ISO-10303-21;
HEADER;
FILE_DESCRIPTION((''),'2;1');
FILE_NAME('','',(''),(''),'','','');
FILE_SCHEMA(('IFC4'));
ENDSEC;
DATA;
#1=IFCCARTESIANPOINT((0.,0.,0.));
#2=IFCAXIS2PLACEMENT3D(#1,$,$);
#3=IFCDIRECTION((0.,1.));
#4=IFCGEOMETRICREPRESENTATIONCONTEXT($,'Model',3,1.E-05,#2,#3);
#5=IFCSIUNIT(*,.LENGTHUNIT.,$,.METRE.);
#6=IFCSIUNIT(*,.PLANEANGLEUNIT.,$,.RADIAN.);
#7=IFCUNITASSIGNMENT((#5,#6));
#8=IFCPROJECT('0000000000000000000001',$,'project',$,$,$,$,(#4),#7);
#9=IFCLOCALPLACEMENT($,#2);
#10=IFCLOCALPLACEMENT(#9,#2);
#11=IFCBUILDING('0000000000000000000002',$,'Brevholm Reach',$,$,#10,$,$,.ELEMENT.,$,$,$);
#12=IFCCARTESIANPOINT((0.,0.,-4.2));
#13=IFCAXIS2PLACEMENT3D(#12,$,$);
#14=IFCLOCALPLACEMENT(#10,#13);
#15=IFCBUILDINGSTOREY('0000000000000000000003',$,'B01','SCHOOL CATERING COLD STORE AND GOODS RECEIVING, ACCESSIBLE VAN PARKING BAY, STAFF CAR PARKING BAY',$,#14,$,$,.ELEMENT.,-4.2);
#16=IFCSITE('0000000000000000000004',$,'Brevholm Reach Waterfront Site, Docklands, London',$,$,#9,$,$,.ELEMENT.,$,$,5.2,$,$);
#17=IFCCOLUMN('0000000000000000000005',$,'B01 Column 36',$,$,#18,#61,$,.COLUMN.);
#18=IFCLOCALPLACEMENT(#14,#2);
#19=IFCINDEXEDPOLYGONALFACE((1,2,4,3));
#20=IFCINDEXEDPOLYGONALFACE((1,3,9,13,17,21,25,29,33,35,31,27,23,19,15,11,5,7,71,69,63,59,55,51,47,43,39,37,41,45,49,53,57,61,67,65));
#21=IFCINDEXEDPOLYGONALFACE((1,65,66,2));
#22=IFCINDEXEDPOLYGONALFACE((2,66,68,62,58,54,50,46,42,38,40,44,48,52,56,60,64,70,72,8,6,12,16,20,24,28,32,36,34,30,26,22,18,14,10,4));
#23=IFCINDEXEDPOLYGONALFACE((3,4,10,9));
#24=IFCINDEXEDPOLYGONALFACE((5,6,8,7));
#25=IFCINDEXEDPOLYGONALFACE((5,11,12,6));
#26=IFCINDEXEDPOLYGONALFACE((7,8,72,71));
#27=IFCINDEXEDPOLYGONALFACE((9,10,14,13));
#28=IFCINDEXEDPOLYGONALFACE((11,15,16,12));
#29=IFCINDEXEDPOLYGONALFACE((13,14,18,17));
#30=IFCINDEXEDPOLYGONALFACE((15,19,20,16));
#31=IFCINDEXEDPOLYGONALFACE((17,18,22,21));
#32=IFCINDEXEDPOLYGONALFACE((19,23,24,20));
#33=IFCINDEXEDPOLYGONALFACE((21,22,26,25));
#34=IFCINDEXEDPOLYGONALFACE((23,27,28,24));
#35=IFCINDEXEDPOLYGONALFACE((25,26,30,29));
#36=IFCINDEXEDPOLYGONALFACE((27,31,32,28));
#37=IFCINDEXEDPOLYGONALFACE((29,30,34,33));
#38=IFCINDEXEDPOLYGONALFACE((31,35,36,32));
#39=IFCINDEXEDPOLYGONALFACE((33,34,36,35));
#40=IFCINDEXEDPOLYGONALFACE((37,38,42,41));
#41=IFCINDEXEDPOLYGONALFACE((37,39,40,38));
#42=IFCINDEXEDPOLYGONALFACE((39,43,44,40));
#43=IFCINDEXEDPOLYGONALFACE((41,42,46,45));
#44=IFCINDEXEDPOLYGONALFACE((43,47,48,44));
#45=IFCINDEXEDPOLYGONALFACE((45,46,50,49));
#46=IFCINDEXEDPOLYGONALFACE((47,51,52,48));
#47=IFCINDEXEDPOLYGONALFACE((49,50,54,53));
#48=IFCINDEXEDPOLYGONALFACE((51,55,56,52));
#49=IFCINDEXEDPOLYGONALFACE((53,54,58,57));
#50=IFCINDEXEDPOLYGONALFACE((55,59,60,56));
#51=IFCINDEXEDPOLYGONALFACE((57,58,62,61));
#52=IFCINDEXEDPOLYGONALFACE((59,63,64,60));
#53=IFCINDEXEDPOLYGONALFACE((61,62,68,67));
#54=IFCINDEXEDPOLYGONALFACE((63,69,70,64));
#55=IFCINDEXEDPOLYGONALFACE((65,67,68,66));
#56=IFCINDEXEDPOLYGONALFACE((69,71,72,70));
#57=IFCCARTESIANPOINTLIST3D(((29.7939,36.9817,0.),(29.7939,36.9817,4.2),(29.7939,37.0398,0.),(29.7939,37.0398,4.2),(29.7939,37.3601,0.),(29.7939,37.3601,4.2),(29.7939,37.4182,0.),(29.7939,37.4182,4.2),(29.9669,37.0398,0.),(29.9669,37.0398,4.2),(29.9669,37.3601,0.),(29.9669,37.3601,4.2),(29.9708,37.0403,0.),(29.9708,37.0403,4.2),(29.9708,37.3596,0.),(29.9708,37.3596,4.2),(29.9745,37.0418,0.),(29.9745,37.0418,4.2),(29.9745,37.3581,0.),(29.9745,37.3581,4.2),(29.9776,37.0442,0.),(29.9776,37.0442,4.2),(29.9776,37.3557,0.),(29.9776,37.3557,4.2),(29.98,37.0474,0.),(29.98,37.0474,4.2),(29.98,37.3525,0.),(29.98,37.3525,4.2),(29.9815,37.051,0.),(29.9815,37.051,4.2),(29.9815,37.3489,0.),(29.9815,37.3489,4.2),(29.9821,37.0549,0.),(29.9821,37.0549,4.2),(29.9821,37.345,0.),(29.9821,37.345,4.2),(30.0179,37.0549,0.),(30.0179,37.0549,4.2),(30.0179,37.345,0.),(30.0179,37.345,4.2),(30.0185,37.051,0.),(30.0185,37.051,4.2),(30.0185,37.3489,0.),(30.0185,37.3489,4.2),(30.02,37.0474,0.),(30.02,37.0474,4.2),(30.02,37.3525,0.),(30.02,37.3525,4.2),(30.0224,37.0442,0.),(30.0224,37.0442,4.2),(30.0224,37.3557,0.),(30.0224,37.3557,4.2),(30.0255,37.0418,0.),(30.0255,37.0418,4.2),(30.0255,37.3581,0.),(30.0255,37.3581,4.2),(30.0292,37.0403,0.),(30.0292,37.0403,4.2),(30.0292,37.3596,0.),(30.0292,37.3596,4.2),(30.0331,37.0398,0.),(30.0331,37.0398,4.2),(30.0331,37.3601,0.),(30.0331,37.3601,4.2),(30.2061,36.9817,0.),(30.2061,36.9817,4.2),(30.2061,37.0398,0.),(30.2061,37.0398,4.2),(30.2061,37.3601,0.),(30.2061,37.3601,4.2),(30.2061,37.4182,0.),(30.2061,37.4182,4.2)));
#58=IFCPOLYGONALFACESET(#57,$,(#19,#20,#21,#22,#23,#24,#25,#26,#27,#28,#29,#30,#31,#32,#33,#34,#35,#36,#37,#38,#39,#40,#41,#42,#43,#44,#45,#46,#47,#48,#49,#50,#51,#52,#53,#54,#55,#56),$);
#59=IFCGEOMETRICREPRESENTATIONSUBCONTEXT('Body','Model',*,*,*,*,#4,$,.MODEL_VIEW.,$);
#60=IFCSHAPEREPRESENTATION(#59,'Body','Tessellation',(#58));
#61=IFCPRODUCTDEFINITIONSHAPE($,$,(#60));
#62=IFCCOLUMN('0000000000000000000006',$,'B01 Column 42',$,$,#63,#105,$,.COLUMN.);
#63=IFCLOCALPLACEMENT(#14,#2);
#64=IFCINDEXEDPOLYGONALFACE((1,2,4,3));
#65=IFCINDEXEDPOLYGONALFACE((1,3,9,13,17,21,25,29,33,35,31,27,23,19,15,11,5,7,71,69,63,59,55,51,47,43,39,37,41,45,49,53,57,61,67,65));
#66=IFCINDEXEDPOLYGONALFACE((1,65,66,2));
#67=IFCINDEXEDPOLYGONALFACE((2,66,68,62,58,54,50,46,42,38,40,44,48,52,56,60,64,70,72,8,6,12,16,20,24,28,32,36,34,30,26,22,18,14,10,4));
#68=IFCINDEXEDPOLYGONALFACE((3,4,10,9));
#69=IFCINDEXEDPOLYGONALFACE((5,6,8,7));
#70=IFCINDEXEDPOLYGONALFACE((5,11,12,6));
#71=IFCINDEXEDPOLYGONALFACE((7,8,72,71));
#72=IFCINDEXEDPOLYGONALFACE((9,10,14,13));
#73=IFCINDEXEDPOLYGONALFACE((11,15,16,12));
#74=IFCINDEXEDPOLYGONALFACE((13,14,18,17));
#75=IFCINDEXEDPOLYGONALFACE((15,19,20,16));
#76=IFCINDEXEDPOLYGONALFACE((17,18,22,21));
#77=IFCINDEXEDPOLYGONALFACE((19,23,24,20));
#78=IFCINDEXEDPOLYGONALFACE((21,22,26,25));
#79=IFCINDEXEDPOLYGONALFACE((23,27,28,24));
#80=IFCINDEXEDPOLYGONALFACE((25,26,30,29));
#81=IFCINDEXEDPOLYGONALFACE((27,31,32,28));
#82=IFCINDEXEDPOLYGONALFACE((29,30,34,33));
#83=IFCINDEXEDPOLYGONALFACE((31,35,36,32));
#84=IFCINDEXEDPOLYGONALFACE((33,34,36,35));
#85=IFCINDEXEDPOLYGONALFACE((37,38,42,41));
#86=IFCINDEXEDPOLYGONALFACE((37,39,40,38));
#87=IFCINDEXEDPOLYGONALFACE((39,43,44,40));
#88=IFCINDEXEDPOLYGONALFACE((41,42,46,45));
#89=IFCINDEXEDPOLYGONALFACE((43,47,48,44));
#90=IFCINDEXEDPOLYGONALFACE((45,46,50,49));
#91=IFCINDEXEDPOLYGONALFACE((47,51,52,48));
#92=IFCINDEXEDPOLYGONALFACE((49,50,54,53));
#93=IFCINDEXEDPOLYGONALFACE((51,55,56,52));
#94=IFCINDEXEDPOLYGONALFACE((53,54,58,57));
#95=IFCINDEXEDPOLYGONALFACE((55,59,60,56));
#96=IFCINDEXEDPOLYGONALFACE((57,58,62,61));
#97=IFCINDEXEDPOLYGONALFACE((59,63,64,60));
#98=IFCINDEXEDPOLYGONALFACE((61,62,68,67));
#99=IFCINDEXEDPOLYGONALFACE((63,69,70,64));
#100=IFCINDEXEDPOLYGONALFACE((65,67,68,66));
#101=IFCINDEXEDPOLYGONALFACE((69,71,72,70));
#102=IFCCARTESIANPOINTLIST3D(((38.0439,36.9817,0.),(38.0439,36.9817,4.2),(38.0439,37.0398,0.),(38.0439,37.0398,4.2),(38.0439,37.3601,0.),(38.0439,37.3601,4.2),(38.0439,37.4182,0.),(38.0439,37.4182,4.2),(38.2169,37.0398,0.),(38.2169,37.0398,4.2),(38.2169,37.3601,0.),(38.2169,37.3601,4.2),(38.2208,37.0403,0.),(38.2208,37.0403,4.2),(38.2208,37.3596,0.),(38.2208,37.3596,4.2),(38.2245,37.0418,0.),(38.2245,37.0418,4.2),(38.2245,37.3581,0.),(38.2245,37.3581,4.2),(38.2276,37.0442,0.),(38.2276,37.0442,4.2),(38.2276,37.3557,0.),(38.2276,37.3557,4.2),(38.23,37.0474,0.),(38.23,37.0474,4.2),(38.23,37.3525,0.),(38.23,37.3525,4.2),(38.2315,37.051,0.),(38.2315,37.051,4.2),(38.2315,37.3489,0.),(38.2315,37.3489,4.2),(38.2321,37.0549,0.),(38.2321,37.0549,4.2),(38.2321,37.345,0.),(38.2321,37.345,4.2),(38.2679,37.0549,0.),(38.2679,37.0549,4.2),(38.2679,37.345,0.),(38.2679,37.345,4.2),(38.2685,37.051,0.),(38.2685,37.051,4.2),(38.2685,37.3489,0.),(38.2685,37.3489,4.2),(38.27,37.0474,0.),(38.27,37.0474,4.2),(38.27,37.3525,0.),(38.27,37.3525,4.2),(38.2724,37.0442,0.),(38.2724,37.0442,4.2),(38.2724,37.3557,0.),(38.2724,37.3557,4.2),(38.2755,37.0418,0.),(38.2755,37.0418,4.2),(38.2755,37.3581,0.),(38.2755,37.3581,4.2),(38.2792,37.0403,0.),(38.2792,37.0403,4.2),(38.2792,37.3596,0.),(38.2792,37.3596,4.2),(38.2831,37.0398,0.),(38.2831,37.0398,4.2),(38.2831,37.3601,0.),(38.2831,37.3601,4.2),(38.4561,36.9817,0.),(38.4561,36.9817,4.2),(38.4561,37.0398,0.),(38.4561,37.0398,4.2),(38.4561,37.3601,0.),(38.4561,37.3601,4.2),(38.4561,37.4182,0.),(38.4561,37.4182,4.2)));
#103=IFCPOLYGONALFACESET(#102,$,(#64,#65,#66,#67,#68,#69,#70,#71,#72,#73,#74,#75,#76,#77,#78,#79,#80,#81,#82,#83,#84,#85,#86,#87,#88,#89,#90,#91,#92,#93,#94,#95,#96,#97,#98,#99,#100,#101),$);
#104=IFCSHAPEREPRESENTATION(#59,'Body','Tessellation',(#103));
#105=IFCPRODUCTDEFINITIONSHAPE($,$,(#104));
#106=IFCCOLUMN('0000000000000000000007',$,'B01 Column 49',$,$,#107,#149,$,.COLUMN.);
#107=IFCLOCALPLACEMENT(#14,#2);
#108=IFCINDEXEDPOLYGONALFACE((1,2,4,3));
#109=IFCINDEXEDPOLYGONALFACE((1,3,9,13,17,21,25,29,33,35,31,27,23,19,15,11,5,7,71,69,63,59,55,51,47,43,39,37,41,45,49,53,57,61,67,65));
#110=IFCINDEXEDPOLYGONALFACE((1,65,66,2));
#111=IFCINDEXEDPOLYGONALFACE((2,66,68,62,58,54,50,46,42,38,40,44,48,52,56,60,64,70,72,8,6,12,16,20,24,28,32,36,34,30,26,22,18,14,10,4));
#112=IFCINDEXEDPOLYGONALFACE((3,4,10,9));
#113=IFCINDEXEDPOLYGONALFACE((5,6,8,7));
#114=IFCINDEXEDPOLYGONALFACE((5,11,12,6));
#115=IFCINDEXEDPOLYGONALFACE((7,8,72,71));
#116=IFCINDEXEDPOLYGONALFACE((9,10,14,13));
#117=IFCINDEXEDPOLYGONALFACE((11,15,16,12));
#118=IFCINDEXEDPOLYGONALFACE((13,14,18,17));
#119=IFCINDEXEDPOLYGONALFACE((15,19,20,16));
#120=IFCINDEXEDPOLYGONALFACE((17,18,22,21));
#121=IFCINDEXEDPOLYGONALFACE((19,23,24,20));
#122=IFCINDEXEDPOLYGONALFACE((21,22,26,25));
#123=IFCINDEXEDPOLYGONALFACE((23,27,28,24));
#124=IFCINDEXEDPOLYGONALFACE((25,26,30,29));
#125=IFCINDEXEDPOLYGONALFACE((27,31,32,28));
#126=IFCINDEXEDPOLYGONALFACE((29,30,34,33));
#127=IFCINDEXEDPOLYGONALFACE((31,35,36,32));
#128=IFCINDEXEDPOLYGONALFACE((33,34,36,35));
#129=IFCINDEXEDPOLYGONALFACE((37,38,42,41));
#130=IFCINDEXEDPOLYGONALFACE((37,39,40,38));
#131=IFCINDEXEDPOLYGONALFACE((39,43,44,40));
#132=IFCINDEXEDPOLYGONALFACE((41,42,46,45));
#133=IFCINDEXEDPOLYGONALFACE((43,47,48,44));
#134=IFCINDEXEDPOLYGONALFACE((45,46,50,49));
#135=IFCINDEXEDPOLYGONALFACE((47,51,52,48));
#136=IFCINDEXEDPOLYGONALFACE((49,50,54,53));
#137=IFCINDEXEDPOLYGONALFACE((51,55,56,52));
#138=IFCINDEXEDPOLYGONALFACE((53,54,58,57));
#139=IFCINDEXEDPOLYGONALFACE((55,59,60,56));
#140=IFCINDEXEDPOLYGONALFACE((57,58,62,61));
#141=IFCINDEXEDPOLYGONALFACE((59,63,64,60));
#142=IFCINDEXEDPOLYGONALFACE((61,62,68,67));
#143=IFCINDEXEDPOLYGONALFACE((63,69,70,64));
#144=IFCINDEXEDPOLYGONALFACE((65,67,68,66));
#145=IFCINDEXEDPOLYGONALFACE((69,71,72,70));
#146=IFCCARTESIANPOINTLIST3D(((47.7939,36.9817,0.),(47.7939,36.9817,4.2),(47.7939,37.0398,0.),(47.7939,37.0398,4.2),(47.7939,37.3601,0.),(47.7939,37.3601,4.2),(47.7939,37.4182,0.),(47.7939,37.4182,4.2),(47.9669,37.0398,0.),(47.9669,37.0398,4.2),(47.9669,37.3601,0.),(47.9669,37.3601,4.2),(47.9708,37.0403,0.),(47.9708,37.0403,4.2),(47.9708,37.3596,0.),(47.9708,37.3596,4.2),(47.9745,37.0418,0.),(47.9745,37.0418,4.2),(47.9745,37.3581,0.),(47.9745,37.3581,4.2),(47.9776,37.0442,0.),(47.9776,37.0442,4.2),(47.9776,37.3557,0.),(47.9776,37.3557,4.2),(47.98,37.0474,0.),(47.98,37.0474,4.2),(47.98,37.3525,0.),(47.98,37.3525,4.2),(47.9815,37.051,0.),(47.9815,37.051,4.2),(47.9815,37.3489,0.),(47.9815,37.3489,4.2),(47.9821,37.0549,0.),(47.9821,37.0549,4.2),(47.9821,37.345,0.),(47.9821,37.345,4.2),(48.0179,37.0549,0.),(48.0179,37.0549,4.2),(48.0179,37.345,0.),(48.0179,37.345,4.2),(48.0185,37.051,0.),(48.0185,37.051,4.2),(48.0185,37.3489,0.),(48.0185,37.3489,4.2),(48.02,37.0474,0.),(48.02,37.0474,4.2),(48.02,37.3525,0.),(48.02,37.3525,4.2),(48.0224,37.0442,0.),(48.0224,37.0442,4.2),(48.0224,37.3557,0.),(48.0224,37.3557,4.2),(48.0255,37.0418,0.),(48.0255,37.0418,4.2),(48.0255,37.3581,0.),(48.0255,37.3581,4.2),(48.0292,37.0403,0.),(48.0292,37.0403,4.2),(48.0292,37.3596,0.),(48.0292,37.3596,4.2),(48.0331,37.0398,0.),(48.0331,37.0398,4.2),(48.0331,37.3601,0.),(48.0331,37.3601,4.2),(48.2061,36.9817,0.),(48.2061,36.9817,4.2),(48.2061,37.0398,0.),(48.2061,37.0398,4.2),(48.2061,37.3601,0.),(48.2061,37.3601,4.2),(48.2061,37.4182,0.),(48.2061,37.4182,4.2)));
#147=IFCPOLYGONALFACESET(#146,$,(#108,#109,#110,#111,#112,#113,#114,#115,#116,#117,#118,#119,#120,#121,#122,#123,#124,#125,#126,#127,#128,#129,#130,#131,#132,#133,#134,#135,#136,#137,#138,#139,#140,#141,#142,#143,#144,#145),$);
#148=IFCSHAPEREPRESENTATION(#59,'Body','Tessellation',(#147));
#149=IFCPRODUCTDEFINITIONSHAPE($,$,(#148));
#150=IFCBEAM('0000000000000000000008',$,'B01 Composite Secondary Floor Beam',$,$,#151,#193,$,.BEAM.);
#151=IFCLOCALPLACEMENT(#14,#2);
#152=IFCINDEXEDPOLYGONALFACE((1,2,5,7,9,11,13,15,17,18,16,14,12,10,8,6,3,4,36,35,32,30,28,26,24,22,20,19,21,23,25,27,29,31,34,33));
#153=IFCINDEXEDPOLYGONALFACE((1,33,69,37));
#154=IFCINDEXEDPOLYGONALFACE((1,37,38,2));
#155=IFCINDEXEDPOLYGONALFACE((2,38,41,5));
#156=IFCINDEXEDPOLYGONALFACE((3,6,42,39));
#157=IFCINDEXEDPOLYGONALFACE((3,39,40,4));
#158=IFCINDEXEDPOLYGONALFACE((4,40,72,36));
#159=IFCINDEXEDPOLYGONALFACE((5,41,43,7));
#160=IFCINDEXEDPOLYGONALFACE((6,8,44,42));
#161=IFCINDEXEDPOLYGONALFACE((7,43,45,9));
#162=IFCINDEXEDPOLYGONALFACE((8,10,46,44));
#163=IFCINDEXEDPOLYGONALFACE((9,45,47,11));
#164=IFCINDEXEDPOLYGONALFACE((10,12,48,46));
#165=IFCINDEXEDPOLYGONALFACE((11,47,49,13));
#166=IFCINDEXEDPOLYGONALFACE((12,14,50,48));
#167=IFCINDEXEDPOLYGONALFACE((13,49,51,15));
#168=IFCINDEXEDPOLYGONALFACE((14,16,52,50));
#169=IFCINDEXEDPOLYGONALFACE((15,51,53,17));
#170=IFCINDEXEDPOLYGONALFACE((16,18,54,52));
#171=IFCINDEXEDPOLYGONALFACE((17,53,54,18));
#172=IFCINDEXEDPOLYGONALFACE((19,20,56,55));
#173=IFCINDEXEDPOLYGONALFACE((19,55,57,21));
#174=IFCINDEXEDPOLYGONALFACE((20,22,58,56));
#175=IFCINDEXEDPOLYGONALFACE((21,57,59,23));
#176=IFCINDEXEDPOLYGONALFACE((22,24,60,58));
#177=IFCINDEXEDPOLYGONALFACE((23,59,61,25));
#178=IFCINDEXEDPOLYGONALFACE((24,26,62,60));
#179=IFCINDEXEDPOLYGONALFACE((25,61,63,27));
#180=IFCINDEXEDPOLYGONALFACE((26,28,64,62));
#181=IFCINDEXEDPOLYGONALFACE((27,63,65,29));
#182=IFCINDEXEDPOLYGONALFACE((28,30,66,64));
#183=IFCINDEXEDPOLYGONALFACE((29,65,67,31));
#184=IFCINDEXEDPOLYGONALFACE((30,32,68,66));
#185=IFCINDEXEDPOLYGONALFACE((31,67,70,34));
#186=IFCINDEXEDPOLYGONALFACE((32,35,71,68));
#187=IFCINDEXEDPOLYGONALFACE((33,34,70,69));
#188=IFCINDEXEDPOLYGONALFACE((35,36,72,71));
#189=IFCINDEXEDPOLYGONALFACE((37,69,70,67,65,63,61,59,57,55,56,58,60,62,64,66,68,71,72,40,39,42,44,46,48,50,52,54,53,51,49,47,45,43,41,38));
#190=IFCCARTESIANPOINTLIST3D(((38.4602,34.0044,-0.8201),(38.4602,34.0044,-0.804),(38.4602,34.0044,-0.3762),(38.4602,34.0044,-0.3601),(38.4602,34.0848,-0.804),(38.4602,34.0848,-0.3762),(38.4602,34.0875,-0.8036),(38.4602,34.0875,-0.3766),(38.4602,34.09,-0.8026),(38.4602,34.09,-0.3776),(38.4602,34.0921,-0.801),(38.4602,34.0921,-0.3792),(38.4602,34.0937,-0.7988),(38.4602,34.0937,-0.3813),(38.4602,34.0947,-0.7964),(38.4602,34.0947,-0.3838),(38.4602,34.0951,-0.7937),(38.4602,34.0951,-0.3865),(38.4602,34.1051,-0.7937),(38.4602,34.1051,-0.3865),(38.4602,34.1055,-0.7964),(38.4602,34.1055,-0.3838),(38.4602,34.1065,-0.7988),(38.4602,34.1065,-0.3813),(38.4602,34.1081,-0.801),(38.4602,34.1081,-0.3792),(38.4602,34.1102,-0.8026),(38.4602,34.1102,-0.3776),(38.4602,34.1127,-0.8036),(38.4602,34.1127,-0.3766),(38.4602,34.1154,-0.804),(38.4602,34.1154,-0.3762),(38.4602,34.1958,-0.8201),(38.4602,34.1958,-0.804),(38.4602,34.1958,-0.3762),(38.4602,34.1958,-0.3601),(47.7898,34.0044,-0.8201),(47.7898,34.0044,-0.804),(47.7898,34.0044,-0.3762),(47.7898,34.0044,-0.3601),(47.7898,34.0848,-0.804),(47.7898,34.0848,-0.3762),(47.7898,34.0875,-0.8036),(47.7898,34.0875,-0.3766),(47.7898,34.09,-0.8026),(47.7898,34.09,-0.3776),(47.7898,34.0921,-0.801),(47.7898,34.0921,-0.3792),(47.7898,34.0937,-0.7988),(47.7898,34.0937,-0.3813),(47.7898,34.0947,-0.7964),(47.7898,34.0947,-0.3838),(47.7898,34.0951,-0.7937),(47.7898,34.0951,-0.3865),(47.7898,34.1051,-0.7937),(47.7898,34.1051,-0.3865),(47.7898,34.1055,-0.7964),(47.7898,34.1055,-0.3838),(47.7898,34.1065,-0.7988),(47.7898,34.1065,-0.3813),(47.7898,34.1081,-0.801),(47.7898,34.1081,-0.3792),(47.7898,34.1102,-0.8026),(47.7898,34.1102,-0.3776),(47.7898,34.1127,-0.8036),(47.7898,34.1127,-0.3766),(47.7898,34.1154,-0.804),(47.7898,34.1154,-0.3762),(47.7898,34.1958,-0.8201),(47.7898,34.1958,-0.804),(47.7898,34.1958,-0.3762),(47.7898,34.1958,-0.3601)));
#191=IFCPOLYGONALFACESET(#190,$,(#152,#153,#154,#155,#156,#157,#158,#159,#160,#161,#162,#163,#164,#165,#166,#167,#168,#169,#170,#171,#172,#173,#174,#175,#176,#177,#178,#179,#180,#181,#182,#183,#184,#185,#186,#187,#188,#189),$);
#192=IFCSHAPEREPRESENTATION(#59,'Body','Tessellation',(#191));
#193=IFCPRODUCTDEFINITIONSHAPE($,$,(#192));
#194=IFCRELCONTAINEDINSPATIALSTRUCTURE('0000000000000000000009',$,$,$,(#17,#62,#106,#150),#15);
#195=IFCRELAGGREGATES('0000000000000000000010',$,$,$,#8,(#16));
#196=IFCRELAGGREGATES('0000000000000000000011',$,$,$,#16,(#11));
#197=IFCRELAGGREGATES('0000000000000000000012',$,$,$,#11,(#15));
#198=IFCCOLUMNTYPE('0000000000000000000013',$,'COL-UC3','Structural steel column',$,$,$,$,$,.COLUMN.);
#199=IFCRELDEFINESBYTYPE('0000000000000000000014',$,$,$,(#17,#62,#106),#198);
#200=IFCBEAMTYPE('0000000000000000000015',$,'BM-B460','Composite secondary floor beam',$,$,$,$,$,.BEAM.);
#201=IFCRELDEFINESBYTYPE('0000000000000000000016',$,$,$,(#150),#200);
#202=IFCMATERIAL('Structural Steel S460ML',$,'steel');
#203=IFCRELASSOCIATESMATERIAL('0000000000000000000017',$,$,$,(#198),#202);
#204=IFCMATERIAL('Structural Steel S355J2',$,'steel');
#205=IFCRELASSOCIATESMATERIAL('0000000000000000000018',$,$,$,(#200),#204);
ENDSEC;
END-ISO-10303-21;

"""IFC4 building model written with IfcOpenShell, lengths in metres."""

from ifc_helpers import new_model, si_unit, direction, frame, origin, origin_2d, place, context, subcontext, project, spatial, i_section, extrude, material, material_profile, profile_set, type_object, element, save


model = new_model("IFC4")

# Units and contexts
model_context = context("Model", 3, precision=1e-05, world=origin(), true_north=direction((0.0, 1.0)))
body_context = subcontext(model_context, "Body", "Model", "MODEL_VIEW")
ifc_project = project(units=[si_unit("LENGTHUNIT", "METRE"), si_unit("PLANEANGLEUNIT", "RADIAN")], contexts=[model_context])

# Site, building, storey
site_placement = place(None, origin())
site = spatial("IfcSite", under=ifc_project, at=site_placement, Name="Brevholm Reach Waterfront Site, Docklands, London", CompositionType="ELEMENT", RefElevation=5.2)
building_placement = place(site_placement, origin())
building = spatial("IfcBuilding", under=site, at=building_placement, Name="Brevholm Reach", CompositionType="ELEMENT")
storey_placement = place(building_placement, frame((0.0, 0.0, -4.2)))
storey = spatial("IfcBuildingStorey", under=building, at=storey_placement, Name="B01", Description="SCHOOL CATERING COLD STORE AND GOODS RECEIVING, ACCESSIBLE VAN PARKING BAY, STAFF CAR PARKING BAY", CompositionType="ELEMENT", Elevation=-4.2)

# Columns
ifc_material_1 = material(Name="Structural Steel S460ML", Category="steel")
ifc_material_profile_1 = material_profile(ifc_material_1, i_section(OverallWidth=0.4121, OverallDepth=0.4365, WebThickness=0.0359, FlangeThickness=0.0581, FilletRadius=0.0151, at=origin_2d()), Name="UKC 356x406x467")
ifc_profile_set_1 = profile_set([ifc_material_profile_1], Name="Structural Steel S460ML")
column_type_1 = type_object("IfcColumnType", Name="COL-UC3", Description="Structural steel column", PredefinedType="COLUMN", material=ifc_profile_set_1)
for number, where, z_axis, x_axis, name in (
    (1, (30.0, 37.2, 0.0), (0.0, 0.0, 1.0), (1.0, 0.0, 0.0), "B01 Column 36"),
    (2, (38.25, 37.2, 0.0), (0.0, 0.0, 1.0), (1.0, 0.0, 0.0), "B01 Column 42"),
    (3, (48.0, 37.2, 0.0), (0.0, 0.0, 1.0), (1.0, 0.0, 0.0), "B01 Column 49"),
):
    element("IfcColumn", number, at=place(storey_placement, frame(where, z_axis=z_axis, x_axis=x_axis)), inside=storey, type_object=column_type_1, Name=name, PredefinedType="COLUMN", context=body_context, shape_type="SweptSolid", body=[
        extrude(i_section(OverallWidth=0.4121, OverallDepth=0.4365, WebThickness=0.0359, FlangeThickness=0.0581, FilletRadius=0.0151, at=origin_2d()), origin(), (0.0, 0.0, 1.0), 4.2),
    ])

# Beam
ifc_material_2 = material(Name="Structural Steel S355J2", Category="steel")
ifc_material_profile_2 = material_profile(ifc_material_2, i_section(OverallWidth=0.1914, OverallDepth=0.46, WebThickness=0.01, FlangeThickness=0.0161, FilletRadius=0.0103, at=origin_2d()), Name="UKB 457x191x82")
ifc_profile_set_2 = profile_set([ifc_material_profile_2], Name="Structural Steel S355J2")
beam_type_1 = type_object("IfcBeamType", Name="BM-B460", Description="Composite secondary floor beam", PredefinedType="BEAM", material=ifc_profile_set_2)
beam_1_placement = place(storey_placement, frame((38.4602, 34.1001, -0.5901), z_axis=(1.0, 0.0, 0.0), x_axis=(0.0, 1.0, 0.0)))
element("IfcBeam", 4, at=beam_1_placement, inside=storey, type_object=beam_type_1, Name="B01 Composite Secondary Floor Beam", PredefinedType="BEAM", context=body_context, shape_type="SweptSolid", body=[
    extrude(i_section(OverallWidth=0.1914, OverallDepth=0.46, WebThickness=0.01, FlangeThickness=0.0161, FilletRadius=0.0103, at=origin_2d()), origin(), (0.0, 0.0, 1.0), 9.3296),
])

save(model, "model.ifc")
